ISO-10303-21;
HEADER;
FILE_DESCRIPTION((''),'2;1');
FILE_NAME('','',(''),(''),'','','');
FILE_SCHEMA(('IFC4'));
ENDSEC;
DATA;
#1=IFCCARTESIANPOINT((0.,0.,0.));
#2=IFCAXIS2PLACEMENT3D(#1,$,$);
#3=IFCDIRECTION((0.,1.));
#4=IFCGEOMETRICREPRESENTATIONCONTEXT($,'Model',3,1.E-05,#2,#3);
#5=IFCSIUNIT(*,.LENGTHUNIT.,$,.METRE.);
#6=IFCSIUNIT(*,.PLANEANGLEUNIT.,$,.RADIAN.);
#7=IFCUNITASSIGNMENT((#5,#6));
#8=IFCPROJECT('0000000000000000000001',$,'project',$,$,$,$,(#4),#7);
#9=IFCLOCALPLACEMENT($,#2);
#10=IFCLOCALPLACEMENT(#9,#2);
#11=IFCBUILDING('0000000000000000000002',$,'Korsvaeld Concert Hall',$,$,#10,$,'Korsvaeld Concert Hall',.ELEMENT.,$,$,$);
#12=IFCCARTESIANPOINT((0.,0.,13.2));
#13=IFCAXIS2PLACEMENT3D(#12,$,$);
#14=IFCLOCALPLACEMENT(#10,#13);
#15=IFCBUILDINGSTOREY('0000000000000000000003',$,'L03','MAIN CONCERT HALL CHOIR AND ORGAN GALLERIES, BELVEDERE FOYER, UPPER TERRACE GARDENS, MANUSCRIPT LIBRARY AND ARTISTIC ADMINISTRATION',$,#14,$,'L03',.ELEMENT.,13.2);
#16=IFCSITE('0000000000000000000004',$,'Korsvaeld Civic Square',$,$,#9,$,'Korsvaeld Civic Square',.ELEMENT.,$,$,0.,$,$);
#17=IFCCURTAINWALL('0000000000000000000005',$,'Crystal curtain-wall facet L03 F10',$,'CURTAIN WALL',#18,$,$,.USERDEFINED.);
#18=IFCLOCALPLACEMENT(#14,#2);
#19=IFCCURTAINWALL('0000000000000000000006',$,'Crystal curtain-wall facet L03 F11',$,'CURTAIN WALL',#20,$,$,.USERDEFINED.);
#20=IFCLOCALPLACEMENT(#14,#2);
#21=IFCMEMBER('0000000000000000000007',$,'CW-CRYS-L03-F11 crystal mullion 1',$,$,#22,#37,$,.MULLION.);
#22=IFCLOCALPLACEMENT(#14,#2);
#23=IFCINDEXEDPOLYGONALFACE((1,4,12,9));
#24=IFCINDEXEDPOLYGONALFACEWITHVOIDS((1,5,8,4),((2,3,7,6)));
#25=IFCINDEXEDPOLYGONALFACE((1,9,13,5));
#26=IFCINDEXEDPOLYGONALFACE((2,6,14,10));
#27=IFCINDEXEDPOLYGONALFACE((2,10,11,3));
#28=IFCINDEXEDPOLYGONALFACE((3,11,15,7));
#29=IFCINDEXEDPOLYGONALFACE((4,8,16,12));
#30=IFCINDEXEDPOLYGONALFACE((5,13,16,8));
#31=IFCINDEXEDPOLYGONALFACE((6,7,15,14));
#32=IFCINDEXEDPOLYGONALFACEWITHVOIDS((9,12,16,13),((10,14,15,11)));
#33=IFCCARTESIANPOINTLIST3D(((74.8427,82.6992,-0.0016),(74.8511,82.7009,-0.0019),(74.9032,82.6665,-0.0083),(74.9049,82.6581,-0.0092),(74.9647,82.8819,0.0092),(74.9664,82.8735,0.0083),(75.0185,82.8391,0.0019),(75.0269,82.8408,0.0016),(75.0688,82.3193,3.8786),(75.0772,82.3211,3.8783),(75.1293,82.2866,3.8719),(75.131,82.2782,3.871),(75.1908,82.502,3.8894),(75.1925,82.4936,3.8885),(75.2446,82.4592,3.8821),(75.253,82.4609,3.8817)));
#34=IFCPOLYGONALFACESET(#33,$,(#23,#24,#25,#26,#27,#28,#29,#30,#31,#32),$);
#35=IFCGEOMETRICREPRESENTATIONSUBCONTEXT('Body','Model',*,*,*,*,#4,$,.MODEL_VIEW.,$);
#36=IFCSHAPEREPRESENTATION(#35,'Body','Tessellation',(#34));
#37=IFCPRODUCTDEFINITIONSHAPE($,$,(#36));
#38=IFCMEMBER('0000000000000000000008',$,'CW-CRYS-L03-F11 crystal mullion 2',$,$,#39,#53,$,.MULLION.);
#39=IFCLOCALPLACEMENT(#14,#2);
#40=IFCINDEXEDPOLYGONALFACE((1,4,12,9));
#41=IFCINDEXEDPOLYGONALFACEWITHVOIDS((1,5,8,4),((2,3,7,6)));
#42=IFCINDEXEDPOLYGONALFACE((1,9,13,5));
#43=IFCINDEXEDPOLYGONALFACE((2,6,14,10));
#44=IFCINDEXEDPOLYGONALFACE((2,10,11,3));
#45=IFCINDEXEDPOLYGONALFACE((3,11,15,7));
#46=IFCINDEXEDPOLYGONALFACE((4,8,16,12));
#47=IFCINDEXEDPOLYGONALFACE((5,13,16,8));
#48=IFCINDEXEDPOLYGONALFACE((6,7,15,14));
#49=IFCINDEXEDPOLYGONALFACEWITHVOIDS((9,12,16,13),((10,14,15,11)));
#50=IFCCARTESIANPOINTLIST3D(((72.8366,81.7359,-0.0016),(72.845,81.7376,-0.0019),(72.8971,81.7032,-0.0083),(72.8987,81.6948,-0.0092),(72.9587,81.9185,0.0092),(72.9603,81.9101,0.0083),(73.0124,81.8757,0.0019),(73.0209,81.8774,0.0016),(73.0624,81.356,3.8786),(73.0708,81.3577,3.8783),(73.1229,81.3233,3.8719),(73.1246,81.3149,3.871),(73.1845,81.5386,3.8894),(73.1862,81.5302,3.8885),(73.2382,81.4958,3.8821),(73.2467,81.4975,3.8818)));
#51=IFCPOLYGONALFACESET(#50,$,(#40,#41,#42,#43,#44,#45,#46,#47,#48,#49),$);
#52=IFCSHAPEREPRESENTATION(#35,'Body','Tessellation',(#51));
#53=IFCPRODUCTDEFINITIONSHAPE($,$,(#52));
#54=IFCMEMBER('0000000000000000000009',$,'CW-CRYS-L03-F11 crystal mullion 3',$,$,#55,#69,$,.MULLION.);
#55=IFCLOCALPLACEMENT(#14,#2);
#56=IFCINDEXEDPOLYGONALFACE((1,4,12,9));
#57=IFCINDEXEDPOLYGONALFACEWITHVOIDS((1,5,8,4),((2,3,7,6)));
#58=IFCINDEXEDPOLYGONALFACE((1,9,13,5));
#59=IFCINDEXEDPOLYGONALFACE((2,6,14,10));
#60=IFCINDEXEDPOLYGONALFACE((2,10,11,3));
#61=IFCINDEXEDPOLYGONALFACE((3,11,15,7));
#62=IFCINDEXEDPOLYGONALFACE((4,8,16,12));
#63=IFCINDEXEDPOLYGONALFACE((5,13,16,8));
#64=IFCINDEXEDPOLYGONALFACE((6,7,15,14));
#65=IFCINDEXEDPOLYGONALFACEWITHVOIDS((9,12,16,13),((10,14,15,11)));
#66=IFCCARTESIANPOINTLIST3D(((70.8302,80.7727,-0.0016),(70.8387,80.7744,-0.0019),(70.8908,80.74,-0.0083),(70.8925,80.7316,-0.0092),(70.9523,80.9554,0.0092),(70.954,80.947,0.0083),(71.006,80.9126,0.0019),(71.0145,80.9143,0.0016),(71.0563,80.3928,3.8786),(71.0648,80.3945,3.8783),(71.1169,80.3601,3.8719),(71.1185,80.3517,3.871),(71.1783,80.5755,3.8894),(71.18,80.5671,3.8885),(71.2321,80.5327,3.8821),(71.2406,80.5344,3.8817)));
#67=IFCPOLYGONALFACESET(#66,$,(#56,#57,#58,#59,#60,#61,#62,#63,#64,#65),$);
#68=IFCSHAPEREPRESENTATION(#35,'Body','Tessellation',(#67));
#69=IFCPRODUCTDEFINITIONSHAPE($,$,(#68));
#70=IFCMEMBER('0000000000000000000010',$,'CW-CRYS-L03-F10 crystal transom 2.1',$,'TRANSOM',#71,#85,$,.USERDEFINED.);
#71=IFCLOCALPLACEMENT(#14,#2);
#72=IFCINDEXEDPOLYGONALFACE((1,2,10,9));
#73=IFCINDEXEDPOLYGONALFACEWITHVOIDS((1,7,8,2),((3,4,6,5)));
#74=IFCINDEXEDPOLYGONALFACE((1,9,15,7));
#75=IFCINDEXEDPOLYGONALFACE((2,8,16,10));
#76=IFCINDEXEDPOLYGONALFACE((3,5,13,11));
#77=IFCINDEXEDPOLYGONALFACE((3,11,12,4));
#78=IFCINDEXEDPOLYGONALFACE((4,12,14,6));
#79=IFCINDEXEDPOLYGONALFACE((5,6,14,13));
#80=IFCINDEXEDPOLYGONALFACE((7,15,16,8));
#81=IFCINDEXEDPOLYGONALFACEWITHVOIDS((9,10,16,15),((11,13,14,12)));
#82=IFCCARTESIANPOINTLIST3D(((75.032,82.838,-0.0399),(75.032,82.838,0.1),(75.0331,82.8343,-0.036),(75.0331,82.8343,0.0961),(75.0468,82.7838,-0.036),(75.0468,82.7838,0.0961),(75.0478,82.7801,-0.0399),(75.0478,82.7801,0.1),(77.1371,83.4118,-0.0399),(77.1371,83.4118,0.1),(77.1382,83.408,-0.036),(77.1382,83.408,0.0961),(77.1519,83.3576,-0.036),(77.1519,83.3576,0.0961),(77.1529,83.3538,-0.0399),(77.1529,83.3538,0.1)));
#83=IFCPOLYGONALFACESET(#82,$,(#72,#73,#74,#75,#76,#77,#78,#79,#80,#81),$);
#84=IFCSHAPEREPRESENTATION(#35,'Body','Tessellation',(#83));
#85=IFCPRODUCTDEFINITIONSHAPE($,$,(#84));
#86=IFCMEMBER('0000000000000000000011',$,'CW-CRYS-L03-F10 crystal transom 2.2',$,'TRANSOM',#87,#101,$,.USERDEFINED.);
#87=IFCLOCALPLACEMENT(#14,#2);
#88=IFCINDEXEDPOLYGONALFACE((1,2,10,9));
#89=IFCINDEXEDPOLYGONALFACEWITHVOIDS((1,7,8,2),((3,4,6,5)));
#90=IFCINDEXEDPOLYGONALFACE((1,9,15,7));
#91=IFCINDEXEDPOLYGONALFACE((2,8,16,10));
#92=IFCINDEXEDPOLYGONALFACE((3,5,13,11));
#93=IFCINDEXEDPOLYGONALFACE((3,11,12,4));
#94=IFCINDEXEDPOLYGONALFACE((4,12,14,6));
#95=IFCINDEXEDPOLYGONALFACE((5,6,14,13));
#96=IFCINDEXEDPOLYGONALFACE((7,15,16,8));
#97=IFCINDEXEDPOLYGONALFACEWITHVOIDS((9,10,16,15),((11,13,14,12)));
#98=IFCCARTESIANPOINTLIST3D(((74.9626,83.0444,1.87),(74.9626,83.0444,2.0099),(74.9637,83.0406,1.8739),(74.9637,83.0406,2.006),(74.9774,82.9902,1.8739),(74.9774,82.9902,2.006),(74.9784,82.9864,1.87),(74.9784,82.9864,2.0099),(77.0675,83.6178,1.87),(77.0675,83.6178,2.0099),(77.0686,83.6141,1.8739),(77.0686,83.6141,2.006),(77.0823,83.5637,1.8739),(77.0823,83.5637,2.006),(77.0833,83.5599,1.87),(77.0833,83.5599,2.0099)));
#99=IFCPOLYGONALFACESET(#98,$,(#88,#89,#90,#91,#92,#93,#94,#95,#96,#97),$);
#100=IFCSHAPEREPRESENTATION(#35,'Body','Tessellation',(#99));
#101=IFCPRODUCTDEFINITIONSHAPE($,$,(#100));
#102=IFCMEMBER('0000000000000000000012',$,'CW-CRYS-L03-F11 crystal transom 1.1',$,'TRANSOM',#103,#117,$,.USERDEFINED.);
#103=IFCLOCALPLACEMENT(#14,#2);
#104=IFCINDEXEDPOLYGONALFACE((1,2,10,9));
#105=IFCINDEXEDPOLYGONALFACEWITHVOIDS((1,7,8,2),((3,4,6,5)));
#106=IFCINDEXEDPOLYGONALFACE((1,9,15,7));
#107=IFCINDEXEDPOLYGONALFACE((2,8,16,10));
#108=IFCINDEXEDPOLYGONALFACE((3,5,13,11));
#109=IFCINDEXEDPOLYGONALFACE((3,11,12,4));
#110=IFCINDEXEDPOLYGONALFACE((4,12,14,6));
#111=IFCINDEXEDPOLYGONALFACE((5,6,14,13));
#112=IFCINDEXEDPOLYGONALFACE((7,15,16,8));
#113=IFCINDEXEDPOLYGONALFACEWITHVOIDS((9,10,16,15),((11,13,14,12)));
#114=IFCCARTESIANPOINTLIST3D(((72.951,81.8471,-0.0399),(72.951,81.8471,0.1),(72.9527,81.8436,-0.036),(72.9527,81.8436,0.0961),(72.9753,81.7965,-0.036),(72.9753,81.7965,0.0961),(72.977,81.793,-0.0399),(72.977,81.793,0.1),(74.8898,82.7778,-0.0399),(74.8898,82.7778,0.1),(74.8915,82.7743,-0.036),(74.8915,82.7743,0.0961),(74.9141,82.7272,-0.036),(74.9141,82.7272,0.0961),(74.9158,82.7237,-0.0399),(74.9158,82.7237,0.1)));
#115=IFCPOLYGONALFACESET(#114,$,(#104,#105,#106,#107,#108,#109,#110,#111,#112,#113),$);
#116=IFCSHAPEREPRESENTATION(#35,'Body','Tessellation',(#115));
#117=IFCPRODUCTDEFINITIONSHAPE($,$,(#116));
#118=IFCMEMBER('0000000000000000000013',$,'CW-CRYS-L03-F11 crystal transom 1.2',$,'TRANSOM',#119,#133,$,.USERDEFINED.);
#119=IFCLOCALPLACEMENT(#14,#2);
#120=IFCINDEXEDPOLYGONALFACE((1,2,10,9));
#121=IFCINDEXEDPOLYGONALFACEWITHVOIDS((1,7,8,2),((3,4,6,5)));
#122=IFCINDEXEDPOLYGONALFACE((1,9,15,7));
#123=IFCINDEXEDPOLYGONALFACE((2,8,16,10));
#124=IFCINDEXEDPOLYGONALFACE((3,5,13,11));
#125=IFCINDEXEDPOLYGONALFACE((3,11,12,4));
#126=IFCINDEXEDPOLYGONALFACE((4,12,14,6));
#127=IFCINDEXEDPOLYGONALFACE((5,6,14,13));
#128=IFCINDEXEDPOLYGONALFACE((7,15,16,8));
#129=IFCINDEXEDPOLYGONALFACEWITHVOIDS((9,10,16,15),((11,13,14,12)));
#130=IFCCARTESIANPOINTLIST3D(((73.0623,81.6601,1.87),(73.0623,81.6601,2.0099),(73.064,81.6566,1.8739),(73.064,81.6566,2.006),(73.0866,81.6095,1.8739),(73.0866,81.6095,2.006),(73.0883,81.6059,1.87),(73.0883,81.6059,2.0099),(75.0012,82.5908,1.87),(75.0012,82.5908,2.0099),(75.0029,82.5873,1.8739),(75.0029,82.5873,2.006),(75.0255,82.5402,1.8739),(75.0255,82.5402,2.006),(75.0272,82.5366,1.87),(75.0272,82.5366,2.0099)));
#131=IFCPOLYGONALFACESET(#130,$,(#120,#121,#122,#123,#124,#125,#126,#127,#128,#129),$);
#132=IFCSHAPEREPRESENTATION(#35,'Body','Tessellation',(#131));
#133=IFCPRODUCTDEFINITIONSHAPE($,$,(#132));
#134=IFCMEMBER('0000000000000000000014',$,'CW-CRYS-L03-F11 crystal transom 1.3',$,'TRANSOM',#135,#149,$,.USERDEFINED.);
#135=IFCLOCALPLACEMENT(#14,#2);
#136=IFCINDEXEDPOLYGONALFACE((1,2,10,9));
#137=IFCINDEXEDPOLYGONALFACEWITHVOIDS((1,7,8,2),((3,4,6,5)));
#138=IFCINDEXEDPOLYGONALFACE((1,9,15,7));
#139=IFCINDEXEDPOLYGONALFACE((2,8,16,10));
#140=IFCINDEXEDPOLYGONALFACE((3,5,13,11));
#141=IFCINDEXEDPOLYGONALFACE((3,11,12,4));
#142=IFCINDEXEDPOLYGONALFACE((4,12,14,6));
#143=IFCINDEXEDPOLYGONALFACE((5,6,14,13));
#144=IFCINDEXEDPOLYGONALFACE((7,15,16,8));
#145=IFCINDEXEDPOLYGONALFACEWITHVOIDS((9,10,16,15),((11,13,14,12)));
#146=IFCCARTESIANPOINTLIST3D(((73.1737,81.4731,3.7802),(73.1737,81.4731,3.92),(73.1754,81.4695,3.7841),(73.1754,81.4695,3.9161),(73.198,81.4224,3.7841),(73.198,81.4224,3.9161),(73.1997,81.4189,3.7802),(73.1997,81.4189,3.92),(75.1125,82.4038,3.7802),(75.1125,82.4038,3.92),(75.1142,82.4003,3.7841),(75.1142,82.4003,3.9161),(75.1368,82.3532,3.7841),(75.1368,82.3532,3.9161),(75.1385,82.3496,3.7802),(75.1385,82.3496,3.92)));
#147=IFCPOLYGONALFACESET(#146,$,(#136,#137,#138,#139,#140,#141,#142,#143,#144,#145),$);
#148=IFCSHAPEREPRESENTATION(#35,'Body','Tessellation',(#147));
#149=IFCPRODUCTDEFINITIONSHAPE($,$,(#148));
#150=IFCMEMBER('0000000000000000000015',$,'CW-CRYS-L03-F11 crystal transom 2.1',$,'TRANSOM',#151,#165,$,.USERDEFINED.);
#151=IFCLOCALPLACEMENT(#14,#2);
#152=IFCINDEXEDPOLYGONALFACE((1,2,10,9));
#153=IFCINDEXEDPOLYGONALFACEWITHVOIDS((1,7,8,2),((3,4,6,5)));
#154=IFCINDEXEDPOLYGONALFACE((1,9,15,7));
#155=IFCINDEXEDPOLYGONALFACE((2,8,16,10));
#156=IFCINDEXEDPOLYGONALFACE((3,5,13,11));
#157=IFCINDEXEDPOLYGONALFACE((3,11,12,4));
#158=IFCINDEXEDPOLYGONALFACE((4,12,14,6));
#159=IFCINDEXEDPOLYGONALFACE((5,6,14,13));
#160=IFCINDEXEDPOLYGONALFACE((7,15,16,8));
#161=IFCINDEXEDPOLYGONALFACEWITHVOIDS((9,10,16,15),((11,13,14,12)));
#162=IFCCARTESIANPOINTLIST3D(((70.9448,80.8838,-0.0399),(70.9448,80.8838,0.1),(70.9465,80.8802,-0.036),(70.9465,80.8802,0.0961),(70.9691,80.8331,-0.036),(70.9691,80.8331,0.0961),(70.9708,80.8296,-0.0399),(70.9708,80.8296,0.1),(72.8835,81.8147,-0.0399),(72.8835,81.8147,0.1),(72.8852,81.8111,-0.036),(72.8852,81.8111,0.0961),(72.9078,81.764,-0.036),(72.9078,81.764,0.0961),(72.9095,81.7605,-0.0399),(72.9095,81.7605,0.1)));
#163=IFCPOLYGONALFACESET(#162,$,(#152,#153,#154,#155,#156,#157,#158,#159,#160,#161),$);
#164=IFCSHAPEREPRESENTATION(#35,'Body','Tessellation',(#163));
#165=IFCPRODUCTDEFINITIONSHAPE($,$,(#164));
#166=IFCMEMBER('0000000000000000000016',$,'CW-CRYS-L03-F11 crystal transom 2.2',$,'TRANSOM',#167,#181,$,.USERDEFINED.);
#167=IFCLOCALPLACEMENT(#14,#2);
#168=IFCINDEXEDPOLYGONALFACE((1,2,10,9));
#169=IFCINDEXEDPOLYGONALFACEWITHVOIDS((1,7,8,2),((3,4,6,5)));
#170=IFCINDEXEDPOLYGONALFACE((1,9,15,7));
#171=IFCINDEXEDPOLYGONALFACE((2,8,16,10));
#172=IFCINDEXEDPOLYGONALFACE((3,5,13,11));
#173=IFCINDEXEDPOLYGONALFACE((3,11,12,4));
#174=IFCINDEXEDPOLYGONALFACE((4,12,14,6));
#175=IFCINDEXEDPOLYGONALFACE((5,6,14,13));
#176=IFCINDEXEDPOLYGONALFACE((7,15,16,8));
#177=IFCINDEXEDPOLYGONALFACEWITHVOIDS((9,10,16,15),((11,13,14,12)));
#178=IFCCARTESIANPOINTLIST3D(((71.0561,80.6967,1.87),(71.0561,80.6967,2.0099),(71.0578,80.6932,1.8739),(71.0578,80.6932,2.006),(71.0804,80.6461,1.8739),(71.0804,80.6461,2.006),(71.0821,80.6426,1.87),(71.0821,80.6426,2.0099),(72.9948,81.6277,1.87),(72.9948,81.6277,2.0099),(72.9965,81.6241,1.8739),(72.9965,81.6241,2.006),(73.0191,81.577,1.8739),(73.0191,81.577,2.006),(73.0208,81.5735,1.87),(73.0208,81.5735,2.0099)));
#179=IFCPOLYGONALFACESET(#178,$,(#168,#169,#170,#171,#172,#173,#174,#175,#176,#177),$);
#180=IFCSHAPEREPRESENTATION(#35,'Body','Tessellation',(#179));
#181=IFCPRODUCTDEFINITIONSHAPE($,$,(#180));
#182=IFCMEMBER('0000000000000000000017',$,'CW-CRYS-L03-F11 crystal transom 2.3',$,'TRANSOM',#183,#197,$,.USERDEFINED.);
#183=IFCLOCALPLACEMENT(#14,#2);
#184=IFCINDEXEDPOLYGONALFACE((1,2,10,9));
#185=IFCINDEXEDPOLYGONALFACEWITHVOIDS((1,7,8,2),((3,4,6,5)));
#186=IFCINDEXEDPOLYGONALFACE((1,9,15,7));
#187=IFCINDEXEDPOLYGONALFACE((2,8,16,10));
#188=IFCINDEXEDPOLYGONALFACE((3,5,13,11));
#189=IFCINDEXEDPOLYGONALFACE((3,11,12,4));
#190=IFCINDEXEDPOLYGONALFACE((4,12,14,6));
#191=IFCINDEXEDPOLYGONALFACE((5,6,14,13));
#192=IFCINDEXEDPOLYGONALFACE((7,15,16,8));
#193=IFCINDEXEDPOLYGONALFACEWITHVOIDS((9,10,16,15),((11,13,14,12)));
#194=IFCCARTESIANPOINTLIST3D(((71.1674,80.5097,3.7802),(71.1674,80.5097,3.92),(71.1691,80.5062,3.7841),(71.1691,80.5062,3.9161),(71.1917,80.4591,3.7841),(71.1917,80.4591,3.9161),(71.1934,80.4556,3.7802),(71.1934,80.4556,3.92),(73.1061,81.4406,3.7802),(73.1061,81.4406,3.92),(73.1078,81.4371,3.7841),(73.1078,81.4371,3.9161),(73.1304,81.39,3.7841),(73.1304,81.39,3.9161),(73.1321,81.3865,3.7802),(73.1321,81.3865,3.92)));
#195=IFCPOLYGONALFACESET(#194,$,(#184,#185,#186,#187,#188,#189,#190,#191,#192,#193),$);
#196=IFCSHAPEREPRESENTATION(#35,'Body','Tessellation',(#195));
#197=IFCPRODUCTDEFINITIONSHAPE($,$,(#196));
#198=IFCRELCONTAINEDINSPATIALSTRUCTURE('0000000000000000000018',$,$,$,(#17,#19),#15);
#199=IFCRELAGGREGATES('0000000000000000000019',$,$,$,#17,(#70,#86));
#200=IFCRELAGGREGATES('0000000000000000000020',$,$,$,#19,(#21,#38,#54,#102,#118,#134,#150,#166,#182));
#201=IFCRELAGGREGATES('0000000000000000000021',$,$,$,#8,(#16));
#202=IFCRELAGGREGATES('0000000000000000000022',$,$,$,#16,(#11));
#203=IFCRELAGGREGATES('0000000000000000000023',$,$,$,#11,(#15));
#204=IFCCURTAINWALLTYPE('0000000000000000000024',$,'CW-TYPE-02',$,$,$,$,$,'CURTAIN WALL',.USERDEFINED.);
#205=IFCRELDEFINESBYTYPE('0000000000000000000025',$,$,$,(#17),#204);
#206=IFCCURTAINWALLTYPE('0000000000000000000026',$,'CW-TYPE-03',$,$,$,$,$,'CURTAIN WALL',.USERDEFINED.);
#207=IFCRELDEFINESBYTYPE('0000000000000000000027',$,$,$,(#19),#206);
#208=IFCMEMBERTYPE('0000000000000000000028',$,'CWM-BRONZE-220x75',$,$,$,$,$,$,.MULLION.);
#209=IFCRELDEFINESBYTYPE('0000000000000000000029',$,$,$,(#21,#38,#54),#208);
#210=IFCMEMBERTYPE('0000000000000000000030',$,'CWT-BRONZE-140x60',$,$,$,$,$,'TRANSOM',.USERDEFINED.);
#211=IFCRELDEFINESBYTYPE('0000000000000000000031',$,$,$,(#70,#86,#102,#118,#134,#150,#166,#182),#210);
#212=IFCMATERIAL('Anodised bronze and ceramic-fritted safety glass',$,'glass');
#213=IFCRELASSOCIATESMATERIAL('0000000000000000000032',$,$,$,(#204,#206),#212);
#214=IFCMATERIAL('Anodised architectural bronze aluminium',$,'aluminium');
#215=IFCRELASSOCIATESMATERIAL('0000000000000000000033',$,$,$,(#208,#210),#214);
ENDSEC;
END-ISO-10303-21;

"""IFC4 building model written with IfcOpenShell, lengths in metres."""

from ifc_helpers import new_model, si_unit, direction, frame, origin, origin_2d, place, context, subcontext, project, spatial, hollow_rectangle, extrude, material, material_profile, profile_set, type_object, element, aggregate, save


model = new_model("IFC4")

# Units and contexts
model_context = context("Model", 3, precision=1e-05, world=origin(), true_north=direction((0.0, 1.0)))
body_context = subcontext(model_context, "Body", "Model", "MODEL_VIEW")
ifc_project = project(units=[si_unit("LENGTHUNIT", "METRE"), si_unit("PLANEANGLEUNIT", "RADIAN")], contexts=[model_context])

# Site, building, storey
site_placement = place(None, origin())
site = spatial("IfcSite", under=ifc_project, at=site_placement, Name="Korsvaeld Civic Square", LongName="Korsvaeld Civic Square", CompositionType="ELEMENT", RefElevation=0.0)
building_placement = place(site_placement, origin())
building = spatial("IfcBuilding", under=site, at=building_placement, Name="Korsvaeld Concert Hall", LongName="Korsvaeld Concert Hall", CompositionType="ELEMENT")
storey_placement = place(building_placement, frame((0.0, 0.0, 13.2)))
storey = spatial("IfcBuildingStorey", under=building, at=storey_placement, Name="L03", Description="MAIN CONCERT HALL CHOIR AND ORGAN GALLERIES, BELVEDERE FOYER, UPPER TERRACE GARDENS, MANUSCRIPT LIBRARY AND ARTISTIC ADMINISTRATION", LongName="L03", CompositionType="ELEMENT", Elevation=13.2)

# Curtain wall
ifc_material_1 = material(Name="Anodised bronze and ceramic-fritted safety glass", Category="glass")
curtain_wall_type_1 = type_object("IfcCurtainWallType", Name="CW-TYPE-02", ElementType="CURTAIN WALL", PredefinedType="USERDEFINED", material=ifc_material_1)
curtain_wall_1_placement = place(storey_placement, origin())
curtain_wall_1 = element("IfcCurtainWall", 1, at=curtain_wall_1_placement, inside=storey, type_object=curtain_wall_type_1, Name="Crystal curtain-wall facet L03 F10", ObjectType="CURTAIN WALL", PredefinedType="USERDEFINED")
ifc_material_2 = material(Name="Anodised architectural bronze aluminium", Category="aluminium")

# Curtain wall, members
curtain_wall_type_2 = type_object("IfcCurtainWallType", Name="CW-TYPE-03", ElementType="CURTAIN WALL", PredefinedType="USERDEFINED", material=ifc_material_1)
curtain_wall_2_placement = place(storey_placement, origin())
curtain_wall_2 = element("IfcCurtainWall", 2, at=curtain_wall_2_placement, inside=storey, type_object=curtain_wall_type_2, Name="Crystal curtain-wall facet L03 F11", ObjectType="CURTAIN WALL", PredefinedType="USERDEFINED")
ifc_material_profile_1 = material_profile(ifc_material_2, hollow_rectangle(XDim=0.075, YDim=0.22, WallThickness=0.0061, at=origin_2d()), Name="CWM 220x75x6")
ifc_profile_set_1 = profile_set([ifc_material_profile_1], Name="Anodised architectural bronze aluminium")
member_type_1 = type_object("IfcMemberType", Name="CWM-BRONZE-220x75", PredefinedType="MULLION", material=ifc_profile_set_1)
member_1_placement = place(storey_placement, frame((74.9348, 82.77, 0.0), z_axis=(0.05789, -0.097275, 0.993572), x_axis=(0.83, -0.54835, -0.102046)))
member_1 = element("IfcMember", 3, at=member_1_placement, type_object=member_type_1, Name="CW-CRYS-L03-F11 crystal mullion 1", PredefinedType="MULLION", context=body_context, shape_type="SweptSolid", body=[
    extrude(hollow_rectangle(XDim=0.075, YDim=0.22, WallThickness=0.0061, at=origin_2d()), origin(), (0.0, 0.0, 1.0), 3.9053),
])
member_2_placement = place(storey_placement, frame((72.9287, 81.8066, 0.0), z_axis=(0.057828, -0.097276, 0.993576), x_axis=(0.829741, -0.548747, -0.102017)))
member_2 = element("IfcMember", 4, at=member_2_placement, type_object=member_type_1, Name="CW-CRYS-L03-F11 crystal mullion 2", PredefinedType="MULLION", context=body_context, shape_type="SweptSolid", body=[
    extrude(hollow_rectangle(XDim=0.075, YDim=0.22, WallThickness=0.0061, at=origin_2d()), origin(), (0.0, 0.0, 1.0), 3.9053),
])
member_3_placement = place(storey_placement, frame((70.9224, 80.8435, 0.0), z_axis=(0.05789, -0.097275, 0.993572), x_axis=(0.83, -0.54835, -0.102046)))
member_3 = element("IfcMember", 5, at=member_3_placement, type_object=member_type_1, Name="CW-CRYS-L03-F11 crystal mullion 3", PredefinedType="MULLION", context=body_context, shape_type="SweptSolid", body=[
    extrude(hollow_rectangle(XDim=0.075, YDim=0.22, WallThickness=0.0061, at=origin_2d()), origin(), (0.0, 0.0, 1.0), 3.9053),
])

# Members
ifc_material_profile_2 = material_profile(ifc_material_2, hollow_rectangle(XDim=0.0601, YDim=0.1399, WallThickness=0.0039, at=origin_2d()), Name="CWT 140x60x4")
ifc_profile_set_2 = profile_set([ifc_material_profile_2], Name="Anodised architectural bronze aluminium")
member_type_2 = type_object("IfcMemberType", Name="CWT-BRONZE-140x60", ElementType="TRANSOM", PredefinedType="USERDEFINED", material=ifc_profile_set_2)
member_4_placement = place(storey_placement, frame((77.145, 83.3828, 0.03), z_axis=(-0.964805, -0.262966, 0.0), x_axis=(0.262966, -0.964805, 0.0)))
member_4 = element("IfcMember", 6, at=member_4_placement, type_object=member_type_2, Name="CW-CRYS-L03-F10 crystal transom 2.1", ObjectType="TRANSOM", PredefinedType="USERDEFINED", context=body_context, shape_type="SweptSolid", body=[
    extrude(hollow_rectangle(XDim=0.0601, YDim=0.1399, WallThickness=0.0039, at=origin_2d()), origin(), (0.0, 0.0, 1.0), 2.1819),
])
member_5_placement = place(storey_placement, frame((77.0754, 83.5889, 1.9399), z_axis=(-0.964834, -0.262862, 0.0), x_axis=(0.262862, -0.964834, 0.0)))
member_5 = element("IfcMember", 7, at=member_5_placement, type_object=member_type_2, Name="CW-CRYS-L03-F10 crystal transom 2.2", ObjectType="TRANSOM", PredefinedType="USERDEFINED", context=body_context, shape_type="SweptSolid", body=[
    extrude(hollow_rectangle(XDim=0.0601, YDim=0.1399, WallThickness=0.0039, at=origin_2d()), origin(), (0.0, 0.0, 1.0), 2.1816),
])
member_6_placement = place(storey_placement, frame((74.9028, 82.7507, 0.03), z_axis=(-0.901509, -0.432761, 0.0), x_axis=(0.432761, -0.901509, 0.0)))
member_6 = element("IfcMember", 8, at=member_6_placement, type_object=member_type_2, Name="CW-CRYS-L03-F11 crystal transom 1.1", ObjectType="TRANSOM", PredefinedType="USERDEFINED", context=body_context, shape_type="SweptSolid", body=[
    extrude(hollow_rectangle(XDim=0.0601, YDim=0.1399, WallThickness=0.0039, at=origin_2d()), origin(), (0.0, 0.0, 1.0), 2.1506),
])
member_7_placement = place(storey_placement, frame((75.0142, 82.5637, 1.9399), z_axis=(-0.901509, -0.432761, 0.0), x_axis=(0.432761, -0.901509, 0.0)))
member_7 = element("IfcMember", 9, at=member_7_placement, type_object=member_type_2, Name="CW-CRYS-L03-F11 crystal transom 1.2", ObjectType="TRANSOM", PredefinedType="USERDEFINED", context=body_context, shape_type="SweptSolid", body=[
    extrude(hollow_rectangle(XDim=0.0601, YDim=0.1399, WallThickness=0.0039, at=origin_2d()), origin(), (0.0, 0.0, 1.0), 2.1506),
])
member_8_placement = place(storey_placement, frame((75.1255, 82.3767, 3.8501), z_axis=(-0.901509, -0.432761, 0.0), x_axis=(0.432761, -0.901509, 0.0)))
member_8 = element("IfcMember", 10, at=member_8_placement, type_object=member_type_2, Name="CW-CRYS-L03-F11 crystal transom 1.3", ObjectType="TRANSOM", PredefinedType="USERDEFINED", context=body_context, shape_type="SweptSolid", body=[
    extrude(hollow_rectangle(XDim=0.0601, YDim=0.1399, WallThickness=0.0039, at=origin_2d()), origin(), (0.0, 0.0, 1.0), 2.1506),
])
member_9_placement = place(storey_placement, frame((72.8965, 81.7876, 0.03), z_axis=(-0.901465, -0.432853, 0.0), x_axis=(0.432853, -0.901465, 0.0)))
member_9 = element("IfcMember", 11, at=member_9_placement, type_object=member_type_2, Name="CW-CRYS-L03-F11 crystal transom 2.1", ObjectType="TRANSOM", PredefinedType="USERDEFINED", context=body_context, shape_type="SweptSolid", body=[
    extrude(hollow_rectangle(XDim=0.0601, YDim=0.1399, WallThickness=0.0039, at=origin_2d()), origin(), (0.0, 0.0, 1.0), 2.1506),
])
member_10_placement = place(storey_placement, frame((73.0078, 81.6006, 1.9399), z_axis=(-0.901465, -0.432853, 0.0), x_axis=(0.432853, -0.901465, 0.0)))
member_10 = element("IfcMember", 12, at=member_10_placement, type_object=member_type_2, Name="CW-CRYS-L03-F11 crystal transom 2.2", ObjectType="TRANSOM", PredefinedType="USERDEFINED", context=body_context, shape_type="SweptSolid", body=[
    extrude(hollow_rectangle(XDim=0.0601, YDim=0.1399, WallThickness=0.0039, at=origin_2d()), origin(), (0.0, 0.0, 1.0), 2.1506),
])
member_11_placement = place(storey_placement, frame((73.1191, 81.4136, 3.8501), z_axis=(-0.901465, -0.432853, 0.0), x_axis=(0.432853, -0.901465, 0.0)))
member_11 = element("IfcMember", 13, at=member_11_placement, type_object=member_type_2, Name="CW-CRYS-L03-F11 crystal transom 2.3", ObjectType="TRANSOM", PredefinedType="USERDEFINED", context=body_context, shape_type="SweptSolid", body=[
    extrude(hollow_rectangle(XDim=0.0601, YDim=0.1399, WallThickness=0.0039, at=origin_2d()), origin(), (0.0, 0.0, 1.0), 2.1506),
])

aggregate(curtain_wall_1, [member_4, member_5])
aggregate(curtain_wall_2, [member_1, member_2, member_3, member_6, member_7, member_8, member_9, member_10, member_11])

save(model, "model.ifc")
